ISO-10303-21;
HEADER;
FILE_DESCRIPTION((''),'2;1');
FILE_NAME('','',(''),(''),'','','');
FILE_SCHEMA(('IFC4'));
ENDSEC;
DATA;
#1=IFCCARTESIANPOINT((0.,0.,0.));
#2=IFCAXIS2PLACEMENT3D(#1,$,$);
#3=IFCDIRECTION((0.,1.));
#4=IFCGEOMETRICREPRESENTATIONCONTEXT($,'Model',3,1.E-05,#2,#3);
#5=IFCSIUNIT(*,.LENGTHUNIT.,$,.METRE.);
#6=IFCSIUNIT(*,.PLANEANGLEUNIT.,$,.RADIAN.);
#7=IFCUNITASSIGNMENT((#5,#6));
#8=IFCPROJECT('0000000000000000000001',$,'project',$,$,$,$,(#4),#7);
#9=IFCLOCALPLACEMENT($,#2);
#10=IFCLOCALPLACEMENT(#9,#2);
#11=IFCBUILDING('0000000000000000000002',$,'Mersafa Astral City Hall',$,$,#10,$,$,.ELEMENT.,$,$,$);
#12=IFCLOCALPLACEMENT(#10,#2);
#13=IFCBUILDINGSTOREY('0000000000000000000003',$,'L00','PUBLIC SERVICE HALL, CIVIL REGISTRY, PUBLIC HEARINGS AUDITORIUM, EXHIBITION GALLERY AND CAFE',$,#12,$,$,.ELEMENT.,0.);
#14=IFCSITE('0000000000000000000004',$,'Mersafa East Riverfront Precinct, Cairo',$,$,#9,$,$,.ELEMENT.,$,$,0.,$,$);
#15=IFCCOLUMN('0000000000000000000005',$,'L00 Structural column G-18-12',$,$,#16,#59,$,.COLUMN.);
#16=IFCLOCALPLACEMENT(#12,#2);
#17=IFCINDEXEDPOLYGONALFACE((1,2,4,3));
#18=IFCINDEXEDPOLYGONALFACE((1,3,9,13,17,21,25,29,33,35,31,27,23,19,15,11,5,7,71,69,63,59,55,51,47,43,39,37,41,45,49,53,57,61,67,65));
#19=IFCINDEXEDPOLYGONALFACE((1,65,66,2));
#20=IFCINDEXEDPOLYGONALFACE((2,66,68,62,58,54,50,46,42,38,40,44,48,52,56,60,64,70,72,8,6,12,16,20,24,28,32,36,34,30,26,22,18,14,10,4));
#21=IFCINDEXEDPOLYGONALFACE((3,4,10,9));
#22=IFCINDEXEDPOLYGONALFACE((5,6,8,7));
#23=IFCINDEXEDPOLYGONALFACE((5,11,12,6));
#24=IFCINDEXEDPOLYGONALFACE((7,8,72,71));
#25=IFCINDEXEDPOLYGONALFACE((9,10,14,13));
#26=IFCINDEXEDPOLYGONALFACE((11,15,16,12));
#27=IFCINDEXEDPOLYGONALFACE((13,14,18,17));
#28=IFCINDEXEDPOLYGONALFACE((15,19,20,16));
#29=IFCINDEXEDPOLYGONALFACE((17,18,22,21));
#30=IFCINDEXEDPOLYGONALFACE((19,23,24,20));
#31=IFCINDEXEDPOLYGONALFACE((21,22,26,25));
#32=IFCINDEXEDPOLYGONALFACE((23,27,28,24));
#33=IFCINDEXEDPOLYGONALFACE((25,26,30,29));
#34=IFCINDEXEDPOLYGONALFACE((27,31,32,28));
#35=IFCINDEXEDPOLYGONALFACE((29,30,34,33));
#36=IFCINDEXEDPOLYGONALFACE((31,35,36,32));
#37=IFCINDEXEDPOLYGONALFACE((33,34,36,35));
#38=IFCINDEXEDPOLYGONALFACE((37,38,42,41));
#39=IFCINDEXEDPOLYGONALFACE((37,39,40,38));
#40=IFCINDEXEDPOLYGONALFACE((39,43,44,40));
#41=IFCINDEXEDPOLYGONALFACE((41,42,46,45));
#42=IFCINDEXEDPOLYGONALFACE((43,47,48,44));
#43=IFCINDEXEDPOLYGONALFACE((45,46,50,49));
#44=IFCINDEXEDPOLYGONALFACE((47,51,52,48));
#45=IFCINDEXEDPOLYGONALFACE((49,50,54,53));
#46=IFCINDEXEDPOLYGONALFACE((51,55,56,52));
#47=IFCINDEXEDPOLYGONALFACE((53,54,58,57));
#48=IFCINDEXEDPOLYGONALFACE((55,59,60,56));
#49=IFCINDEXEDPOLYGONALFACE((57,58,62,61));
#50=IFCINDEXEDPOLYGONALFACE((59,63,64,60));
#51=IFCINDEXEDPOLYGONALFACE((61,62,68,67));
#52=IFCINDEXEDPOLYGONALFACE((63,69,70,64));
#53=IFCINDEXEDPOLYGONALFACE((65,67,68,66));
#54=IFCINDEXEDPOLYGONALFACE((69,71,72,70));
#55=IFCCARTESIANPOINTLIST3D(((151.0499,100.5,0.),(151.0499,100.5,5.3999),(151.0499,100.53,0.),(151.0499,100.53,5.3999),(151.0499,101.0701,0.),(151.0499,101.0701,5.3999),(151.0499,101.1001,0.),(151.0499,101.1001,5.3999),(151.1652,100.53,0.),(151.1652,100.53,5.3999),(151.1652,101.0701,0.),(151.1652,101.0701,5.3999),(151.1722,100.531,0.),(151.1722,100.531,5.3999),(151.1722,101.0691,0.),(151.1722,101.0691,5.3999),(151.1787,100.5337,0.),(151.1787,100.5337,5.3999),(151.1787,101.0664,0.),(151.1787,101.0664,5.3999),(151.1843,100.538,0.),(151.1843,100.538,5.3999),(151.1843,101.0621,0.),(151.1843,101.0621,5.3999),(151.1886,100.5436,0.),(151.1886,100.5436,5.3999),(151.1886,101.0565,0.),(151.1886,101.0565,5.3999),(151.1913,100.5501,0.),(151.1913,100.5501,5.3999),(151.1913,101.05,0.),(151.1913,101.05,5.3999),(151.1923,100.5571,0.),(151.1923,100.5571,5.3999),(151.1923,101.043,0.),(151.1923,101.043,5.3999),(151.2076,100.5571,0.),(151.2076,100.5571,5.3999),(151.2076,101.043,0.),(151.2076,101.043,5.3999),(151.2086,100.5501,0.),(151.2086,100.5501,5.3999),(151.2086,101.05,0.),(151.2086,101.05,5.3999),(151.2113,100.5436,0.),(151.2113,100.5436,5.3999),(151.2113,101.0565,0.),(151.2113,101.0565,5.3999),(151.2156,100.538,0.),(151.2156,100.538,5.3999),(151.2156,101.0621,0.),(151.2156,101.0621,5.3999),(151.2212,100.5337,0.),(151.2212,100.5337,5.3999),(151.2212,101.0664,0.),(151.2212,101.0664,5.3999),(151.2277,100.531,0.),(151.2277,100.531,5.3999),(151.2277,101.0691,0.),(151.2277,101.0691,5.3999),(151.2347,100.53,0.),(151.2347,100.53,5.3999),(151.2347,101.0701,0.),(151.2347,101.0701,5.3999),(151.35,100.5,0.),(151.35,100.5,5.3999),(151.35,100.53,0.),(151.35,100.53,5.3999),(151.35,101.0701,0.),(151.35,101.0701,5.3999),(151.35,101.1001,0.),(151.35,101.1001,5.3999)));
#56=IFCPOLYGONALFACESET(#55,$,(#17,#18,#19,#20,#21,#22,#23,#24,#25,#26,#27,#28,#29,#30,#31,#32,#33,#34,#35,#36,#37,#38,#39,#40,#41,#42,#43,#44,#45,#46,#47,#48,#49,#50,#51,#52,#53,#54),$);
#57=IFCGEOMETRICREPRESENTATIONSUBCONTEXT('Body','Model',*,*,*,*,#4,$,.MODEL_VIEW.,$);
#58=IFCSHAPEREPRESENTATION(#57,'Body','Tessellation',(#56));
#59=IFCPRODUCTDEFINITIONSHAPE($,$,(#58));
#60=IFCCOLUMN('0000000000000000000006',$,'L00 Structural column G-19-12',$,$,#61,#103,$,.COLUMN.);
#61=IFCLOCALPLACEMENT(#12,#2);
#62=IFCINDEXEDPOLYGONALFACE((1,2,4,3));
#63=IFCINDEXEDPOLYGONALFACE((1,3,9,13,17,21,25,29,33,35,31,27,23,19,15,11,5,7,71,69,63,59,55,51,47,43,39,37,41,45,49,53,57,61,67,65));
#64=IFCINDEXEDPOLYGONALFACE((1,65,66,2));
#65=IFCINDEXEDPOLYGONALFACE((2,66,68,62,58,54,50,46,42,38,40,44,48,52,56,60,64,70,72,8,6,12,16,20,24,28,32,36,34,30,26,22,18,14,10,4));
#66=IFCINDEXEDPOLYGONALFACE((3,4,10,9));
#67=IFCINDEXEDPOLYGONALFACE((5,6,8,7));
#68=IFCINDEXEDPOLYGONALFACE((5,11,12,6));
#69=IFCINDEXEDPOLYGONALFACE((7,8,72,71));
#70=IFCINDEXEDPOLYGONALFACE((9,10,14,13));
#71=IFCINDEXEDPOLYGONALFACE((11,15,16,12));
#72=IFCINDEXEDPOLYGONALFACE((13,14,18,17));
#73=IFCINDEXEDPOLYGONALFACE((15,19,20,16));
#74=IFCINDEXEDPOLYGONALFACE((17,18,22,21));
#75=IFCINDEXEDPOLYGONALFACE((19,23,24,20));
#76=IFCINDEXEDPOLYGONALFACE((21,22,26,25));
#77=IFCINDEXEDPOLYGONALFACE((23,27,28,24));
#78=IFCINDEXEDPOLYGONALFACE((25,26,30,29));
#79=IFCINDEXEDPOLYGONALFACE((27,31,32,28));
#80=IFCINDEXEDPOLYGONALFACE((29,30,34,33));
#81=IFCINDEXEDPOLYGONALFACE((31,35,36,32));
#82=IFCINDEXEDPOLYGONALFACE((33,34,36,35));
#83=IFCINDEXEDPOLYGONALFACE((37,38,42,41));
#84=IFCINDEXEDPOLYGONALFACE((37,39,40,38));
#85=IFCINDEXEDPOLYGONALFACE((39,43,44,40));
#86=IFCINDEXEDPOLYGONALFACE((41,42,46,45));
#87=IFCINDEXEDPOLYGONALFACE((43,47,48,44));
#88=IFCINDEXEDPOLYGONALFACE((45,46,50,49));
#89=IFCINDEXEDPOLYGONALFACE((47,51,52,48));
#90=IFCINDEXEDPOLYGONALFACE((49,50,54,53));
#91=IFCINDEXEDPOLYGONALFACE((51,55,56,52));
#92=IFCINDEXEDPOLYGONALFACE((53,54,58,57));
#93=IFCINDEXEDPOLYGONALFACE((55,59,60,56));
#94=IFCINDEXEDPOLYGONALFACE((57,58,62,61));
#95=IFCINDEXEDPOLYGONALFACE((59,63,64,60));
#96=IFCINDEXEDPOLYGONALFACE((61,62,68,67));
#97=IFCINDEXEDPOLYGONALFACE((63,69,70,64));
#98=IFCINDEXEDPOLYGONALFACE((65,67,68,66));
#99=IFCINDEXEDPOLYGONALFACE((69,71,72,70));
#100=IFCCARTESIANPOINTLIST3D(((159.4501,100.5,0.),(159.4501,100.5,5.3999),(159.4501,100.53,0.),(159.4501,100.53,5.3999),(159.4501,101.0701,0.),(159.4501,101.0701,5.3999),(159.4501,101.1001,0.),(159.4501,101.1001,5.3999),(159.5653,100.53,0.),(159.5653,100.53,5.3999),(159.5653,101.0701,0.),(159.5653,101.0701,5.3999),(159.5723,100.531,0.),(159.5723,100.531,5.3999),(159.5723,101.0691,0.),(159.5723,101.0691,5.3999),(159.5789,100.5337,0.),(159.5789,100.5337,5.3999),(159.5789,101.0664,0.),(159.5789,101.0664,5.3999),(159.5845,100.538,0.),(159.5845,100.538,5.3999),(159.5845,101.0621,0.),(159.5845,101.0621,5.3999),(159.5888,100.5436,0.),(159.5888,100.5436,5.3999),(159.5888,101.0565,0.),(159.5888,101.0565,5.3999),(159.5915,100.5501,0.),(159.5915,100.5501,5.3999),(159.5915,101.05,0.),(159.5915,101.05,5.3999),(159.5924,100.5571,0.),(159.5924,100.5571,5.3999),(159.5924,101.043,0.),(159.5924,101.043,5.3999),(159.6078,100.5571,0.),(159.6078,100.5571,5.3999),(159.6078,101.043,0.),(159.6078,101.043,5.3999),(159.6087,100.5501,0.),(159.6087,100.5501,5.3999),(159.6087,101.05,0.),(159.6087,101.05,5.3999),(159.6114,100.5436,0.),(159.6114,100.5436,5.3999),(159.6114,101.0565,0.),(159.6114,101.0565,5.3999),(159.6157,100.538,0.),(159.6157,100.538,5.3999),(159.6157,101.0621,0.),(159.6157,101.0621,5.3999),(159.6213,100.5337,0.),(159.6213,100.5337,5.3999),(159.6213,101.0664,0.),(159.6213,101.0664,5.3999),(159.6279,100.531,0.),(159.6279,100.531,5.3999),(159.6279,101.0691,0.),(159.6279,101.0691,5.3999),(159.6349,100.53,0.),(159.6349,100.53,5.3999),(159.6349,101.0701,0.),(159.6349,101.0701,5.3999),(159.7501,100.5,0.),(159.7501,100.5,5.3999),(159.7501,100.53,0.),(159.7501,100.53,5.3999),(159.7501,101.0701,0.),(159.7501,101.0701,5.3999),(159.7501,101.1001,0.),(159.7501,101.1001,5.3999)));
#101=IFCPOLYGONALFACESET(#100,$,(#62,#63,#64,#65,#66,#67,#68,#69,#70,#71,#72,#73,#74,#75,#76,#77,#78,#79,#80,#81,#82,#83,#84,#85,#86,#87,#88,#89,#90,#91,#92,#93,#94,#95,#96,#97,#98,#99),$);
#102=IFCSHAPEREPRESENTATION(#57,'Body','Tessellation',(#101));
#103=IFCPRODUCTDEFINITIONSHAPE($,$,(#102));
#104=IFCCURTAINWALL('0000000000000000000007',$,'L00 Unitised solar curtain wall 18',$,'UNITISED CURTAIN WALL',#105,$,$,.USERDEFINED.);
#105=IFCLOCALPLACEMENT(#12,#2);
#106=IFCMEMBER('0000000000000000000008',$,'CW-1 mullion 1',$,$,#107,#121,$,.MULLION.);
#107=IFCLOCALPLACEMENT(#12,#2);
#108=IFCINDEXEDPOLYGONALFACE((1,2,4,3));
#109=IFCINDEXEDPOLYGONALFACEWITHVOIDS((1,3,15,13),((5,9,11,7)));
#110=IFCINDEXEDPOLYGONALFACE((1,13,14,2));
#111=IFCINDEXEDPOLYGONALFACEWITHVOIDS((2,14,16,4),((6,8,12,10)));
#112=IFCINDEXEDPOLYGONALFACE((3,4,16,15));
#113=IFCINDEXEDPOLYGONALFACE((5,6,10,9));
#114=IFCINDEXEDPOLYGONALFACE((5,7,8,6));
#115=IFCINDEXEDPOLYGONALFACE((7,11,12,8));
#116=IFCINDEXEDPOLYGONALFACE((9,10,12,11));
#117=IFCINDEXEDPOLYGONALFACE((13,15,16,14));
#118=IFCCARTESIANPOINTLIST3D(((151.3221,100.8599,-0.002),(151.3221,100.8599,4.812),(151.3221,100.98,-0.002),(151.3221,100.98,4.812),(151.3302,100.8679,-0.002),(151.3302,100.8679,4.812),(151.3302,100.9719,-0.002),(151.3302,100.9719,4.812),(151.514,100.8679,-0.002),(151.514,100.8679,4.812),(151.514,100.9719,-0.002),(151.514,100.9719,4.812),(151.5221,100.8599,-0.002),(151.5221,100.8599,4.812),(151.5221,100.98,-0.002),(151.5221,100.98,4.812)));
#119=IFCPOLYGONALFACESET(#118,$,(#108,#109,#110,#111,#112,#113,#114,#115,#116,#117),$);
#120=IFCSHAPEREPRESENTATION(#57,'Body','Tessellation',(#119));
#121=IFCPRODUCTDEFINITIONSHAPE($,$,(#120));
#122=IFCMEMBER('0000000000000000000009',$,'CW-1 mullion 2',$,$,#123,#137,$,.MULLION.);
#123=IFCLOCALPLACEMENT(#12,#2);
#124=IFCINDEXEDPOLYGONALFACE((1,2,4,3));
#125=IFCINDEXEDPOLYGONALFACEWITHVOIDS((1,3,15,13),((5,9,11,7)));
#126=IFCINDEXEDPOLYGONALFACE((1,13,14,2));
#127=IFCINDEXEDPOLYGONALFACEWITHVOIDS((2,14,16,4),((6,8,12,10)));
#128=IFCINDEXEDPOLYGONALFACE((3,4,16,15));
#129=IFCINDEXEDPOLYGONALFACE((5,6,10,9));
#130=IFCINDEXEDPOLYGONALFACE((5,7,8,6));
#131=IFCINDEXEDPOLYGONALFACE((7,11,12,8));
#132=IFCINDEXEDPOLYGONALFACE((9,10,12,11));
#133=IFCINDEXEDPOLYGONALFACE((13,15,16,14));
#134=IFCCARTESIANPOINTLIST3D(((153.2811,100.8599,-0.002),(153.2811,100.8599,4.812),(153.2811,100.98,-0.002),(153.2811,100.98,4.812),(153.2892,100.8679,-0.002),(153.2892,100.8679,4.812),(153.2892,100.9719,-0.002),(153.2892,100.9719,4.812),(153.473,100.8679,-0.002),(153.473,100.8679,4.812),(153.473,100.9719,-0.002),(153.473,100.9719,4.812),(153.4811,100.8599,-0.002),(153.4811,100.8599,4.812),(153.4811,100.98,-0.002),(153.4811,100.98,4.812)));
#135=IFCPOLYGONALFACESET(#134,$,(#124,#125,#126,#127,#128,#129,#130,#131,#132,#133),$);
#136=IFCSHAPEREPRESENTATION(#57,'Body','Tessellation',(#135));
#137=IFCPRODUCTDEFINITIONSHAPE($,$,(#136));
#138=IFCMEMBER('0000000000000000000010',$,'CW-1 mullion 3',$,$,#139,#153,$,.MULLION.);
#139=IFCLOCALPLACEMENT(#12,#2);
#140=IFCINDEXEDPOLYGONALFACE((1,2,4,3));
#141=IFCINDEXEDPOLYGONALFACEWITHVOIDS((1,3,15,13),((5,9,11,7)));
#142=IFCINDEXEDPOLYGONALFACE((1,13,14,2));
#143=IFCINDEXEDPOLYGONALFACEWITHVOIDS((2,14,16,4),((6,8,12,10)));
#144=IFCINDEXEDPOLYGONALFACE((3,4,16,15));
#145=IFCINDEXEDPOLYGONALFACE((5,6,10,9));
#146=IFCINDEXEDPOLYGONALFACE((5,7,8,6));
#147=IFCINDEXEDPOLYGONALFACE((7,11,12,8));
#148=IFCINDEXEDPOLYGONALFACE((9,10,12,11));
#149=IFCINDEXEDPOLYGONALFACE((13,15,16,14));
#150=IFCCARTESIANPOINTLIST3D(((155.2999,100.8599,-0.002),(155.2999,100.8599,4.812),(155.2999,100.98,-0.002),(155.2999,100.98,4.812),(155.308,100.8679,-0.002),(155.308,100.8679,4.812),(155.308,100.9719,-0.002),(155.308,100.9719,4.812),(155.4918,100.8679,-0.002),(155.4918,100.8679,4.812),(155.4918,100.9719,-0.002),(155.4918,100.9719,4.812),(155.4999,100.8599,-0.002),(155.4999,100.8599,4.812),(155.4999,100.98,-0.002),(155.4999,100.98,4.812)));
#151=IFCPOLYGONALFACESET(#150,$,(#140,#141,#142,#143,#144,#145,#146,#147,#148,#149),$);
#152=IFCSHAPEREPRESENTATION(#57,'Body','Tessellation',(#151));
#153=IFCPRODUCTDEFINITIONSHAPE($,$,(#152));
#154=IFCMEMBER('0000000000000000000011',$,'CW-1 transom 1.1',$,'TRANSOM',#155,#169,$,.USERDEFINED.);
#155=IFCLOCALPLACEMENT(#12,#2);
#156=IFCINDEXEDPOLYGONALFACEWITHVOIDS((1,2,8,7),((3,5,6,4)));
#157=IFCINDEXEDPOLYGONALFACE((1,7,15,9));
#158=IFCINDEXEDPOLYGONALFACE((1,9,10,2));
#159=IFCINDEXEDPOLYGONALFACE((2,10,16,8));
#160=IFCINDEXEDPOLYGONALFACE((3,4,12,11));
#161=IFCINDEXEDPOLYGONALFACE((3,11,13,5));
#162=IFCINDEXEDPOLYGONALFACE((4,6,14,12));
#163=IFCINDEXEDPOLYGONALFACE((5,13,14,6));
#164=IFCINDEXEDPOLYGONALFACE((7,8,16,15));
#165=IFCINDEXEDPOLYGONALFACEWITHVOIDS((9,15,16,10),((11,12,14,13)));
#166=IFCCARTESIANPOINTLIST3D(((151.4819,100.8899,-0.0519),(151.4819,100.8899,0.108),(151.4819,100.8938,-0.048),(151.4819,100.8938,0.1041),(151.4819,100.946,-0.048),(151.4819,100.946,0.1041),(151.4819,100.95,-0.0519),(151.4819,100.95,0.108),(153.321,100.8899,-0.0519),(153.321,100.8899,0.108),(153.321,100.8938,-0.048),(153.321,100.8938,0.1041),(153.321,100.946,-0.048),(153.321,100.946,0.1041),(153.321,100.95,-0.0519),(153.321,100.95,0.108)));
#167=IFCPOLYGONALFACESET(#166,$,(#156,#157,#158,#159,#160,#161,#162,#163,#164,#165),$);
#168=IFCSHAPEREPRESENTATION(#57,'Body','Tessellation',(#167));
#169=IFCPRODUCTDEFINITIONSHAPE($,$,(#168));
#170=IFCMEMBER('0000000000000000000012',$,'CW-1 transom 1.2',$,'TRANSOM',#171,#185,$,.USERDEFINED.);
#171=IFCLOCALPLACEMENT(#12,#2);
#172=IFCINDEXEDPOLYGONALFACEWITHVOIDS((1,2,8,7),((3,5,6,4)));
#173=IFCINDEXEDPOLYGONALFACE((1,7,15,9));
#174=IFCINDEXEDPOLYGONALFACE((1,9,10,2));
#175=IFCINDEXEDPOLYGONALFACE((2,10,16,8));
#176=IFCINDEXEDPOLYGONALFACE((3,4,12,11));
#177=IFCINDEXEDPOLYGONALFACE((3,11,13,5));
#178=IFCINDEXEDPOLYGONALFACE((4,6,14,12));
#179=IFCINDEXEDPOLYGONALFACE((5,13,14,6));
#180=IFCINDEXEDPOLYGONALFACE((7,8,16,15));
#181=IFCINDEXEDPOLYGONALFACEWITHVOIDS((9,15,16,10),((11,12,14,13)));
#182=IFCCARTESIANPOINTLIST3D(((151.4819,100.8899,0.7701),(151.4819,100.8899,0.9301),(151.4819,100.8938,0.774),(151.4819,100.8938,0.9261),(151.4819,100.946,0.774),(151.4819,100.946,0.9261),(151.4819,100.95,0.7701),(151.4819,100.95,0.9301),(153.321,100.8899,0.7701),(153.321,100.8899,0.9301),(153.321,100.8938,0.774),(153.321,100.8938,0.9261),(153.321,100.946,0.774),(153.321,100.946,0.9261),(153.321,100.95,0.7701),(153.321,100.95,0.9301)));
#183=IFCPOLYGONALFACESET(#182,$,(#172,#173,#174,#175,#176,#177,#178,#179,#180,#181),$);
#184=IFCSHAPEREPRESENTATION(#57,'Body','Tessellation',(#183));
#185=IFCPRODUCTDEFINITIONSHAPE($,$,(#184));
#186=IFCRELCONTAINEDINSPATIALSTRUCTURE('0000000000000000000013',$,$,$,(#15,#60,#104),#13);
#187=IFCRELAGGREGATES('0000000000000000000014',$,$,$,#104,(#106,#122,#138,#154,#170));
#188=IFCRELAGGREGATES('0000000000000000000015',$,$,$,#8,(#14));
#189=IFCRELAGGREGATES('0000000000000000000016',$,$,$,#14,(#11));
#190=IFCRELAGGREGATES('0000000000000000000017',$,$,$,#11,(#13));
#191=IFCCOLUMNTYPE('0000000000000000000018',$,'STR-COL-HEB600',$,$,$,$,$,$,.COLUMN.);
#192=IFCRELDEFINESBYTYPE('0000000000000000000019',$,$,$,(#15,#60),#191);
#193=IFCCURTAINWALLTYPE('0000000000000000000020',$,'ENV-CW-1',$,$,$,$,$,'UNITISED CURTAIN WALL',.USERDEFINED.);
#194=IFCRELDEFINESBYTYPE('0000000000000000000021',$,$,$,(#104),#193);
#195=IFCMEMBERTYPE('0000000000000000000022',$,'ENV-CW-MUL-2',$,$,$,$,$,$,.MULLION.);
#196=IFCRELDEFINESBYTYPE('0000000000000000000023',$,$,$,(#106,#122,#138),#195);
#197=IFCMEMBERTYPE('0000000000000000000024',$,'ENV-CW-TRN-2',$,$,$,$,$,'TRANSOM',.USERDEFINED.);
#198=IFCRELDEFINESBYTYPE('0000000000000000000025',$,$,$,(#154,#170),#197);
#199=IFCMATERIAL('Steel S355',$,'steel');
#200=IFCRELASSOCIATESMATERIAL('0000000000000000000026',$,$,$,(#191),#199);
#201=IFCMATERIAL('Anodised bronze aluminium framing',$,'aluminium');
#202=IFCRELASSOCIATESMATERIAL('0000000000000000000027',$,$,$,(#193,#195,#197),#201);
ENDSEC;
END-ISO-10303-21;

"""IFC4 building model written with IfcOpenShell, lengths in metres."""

from ifc_helpers import new_model, si_unit, direction, frame, origin, origin_2d, place, context, subcontext, project, spatial, hollow_rectangle, i_section, extrude, material, material_profile, profile_set, type_object, element, aggregate, save


model = new_model("IFC4")

# Units and contexts
model_context = context("Model", 3, precision=1e-05, world=origin(), true_north=direction((0.0, 1.0)))
body_context = subcontext(model_context, "Body", "Model", "MODEL_VIEW")
ifc_project = project(units=[si_unit("LENGTHUNIT", "METRE"), si_unit("PLANEANGLEUNIT", "RADIAN")], contexts=[model_context])

# Site, building, storey
site_placement = place(None, origin())
site = spatial("IfcSite", under=ifc_project, at=site_placement, Name="Mersafa East Riverfront Precinct, Cairo", CompositionType="ELEMENT", RefElevation=0.0)
building_placement = place(site_placement, origin())
building = spatial("IfcBuilding", under=site, at=building_placement, Name="Mersafa Astral City Hall", CompositionType="ELEMENT")
storey_placement = place(building_placement, origin())
storey = spatial("IfcBuildingStorey", under=building, at=storey_placement, Name="L00", Description="PUBLIC SERVICE HALL, CIVIL REGISTRY, PUBLIC HEARINGS AUDITORIUM, EXHIBITION GALLERY AND CAFE", CompositionType="ELEMENT", Elevation=0.0)

# Columns
ifc_material_1 = material(Name="Steel S355", Category="steel")
ifc_material_profile_1 = material_profile(ifc_material_1, i_section(OverallWidth=0.3, OverallDepth=0.6001, WebThickness=0.0154, FlangeThickness=0.03, FilletRadius=0.0271, at=origin_2d()), Name="HEB 600")
ifc_profile_set_1 = profile_set([ifc_material_profile_1], Name="Steel S355")
column_type = type_object("IfcColumnType", Name="STR-COL-HEB600", PredefinedType="COLUMN", material=ifc_profile_set_1)
for number, where, z_axis, x_axis, name in (
    (1, (151.2, 100.8, 0.0), (0.0, 0.0, 1.0), (1.0, 0.0, 0.0), "L00 Structural column G-18-12"),
    (2, (159.6001, 100.8, 0.0), (0.0, 0.0, 1.0), (1.0, 0.0, 0.0), "L00 Structural column G-19-12"),
):
    element("IfcColumn", number, at=place(storey_placement, frame(where, z_axis=z_axis, x_axis=x_axis)), inside=storey, type_object=column_type, Name=name, PredefinedType="COLUMN", context=body_context, shape_type="SweptSolid", body=[
        extrude(i_section(OverallWidth=0.3, OverallDepth=0.6001, WebThickness=0.0154, FlangeThickness=0.03, FilletRadius=0.0271, at=origin_2d()), origin(), (0.0, 0.0, 1.0), 5.3999),
    ])

# Curtain wall, members
ifc_material_2 = material(Name="Anodised bronze aluminium framing", Category="aluminium")
curtain_wall_type = type_object("IfcCurtainWallType", Name="ENV-CW-1", ElementType="UNITISED CURTAIN WALL", PredefinedType="USERDEFINED", material=ifc_material_2)
curtain_wall_placement = place(storey_placement, origin())
curtain_wall = element("IfcCurtainWall", 3, at=curtain_wall_placement, inside=storey, type_object=curtain_wall_type, Name="L00 Unitised solar curtain wall 18", ObjectType="UNITISED CURTAIN WALL", PredefinedType="USERDEFINED")
ifc_material_profile_2 = material_profile(ifc_material_2, hollow_rectangle(XDim=0.1201, YDim=0.2, WallThickness=0.0081, at=origin_2d()), Name="RHS 120x200x8")
ifc_profile_set_2 = profile_set([ifc_material_profile_2], Name="Anodised bronze aluminium framing")
member_type_1 = type_object("IfcMemberType", Name="ENV-CW-MUL-2", PredefinedType="MULLION", material=ifc_profile_set_2)
member_1_placement = place(storey_placement, frame((151.4221, 100.9199, -0.002), z_axis=(0.0, 0.0, 1.0), x_axis=(0.0, 1.0, 0.0)))
member_1 = element("IfcMember", 4, at=member_1_placement, type_object=member_type_1, Name="CW-1 mullion 1", PredefinedType="MULLION", context=body_context, shape_type="SweptSolid", body=[
    extrude(hollow_rectangle(XDim=0.1201, YDim=0.2, WallThickness=0.0081, at=origin_2d()), origin(), (0.0, 0.0, 1.0), 4.814),
])
member_2_placement = place(storey_placement, frame((153.3811, 100.9199, -0.002), z_axis=(0.0, 0.0, 1.0), x_axis=(0.0, 1.0, 0.0)))
member_2 = element("IfcMember", 5, at=member_2_placement, type_object=member_type_1, Name="CW-1 mullion 2", PredefinedType="MULLION", context=body_context, shape_type="SweptSolid", body=[
    extrude(hollow_rectangle(XDim=0.1201, YDim=0.2, WallThickness=0.0081, at=origin_2d()), origin(), (0.0, 0.0, 1.0), 4.814),
])
member_3_placement = place(storey_placement, frame((155.3999, 100.9199, -0.002), z_axis=(0.0, 0.0, 1.0), x_axis=(0.0, 1.0, 0.0)))
member_3 = element("IfcMember", 6, at=member_3_placement, type_object=member_type_1, Name="CW-1 mullion 3", PredefinedType="MULLION", context=body_context, shape_type="SweptSolid", body=[
    extrude(hollow_rectangle(XDim=0.1201, YDim=0.2, WallThickness=0.0081, at=origin_2d()), origin(), (0.0, 0.0, 1.0), 4.814),
])
ifc_material_profile_3 = material_profile(ifc_material_2, hollow_rectangle(XDim=0.0601, YDim=0.1599, WallThickness=0.0039, at=origin_2d()), Name="RHS 60x160x4")
ifc_profile_set_3 = profile_set([ifc_material_profile_3], Name="Anodised bronze aluminium framing")
member_type_2 = type_object("IfcMemberType", Name="ENV-CW-TRN-2", ElementType="TRANSOM", PredefinedType="USERDEFINED", material=ifc_profile_set_3)
member_4_placement = place(storey_placement, frame((151.4819, 100.9199, 0.0281), z_axis=(1.0, 0.0, 0.0), x_axis=(0.0, 1.0, 0.0)))
member_4 = element("IfcMember", 7, at=member_4_placement, type_object=member_type_2, Name="CW-1 transom 1.1", ObjectType="TRANSOM", PredefinedType="USERDEFINED", context=body_context, shape_type="SweptSolid", body=[
    extrude(hollow_rectangle(XDim=0.0601, YDim=0.1599, WallThickness=0.0039, at=origin_2d()), origin(), (0.0, 0.0, 1.0), 1.8391),
])
member_5_placement = place(storey_placement, frame((151.4819, 100.9199, 0.8501), z_axis=(1.0, 0.0, 0.0), x_axis=(0.0, 1.0, 0.0)))
member_5 = element("IfcMember", 8, at=member_5_placement, type_object=member_type_2, Name="CW-1 transom 1.2", ObjectType="TRANSOM", PredefinedType="USERDEFINED", context=body_context, shape_type="SweptSolid", body=[
    extrude(hollow_rectangle(XDim=0.0601, YDim=0.1599, WallThickness=0.0039, at=origin_2d()), origin(), (0.0, 0.0, 1.0), 1.8391),
])

aggregate(curtain_wall, [member_1, member_2, member_3, member_4, member_5])

save(model, "model.ifc")
